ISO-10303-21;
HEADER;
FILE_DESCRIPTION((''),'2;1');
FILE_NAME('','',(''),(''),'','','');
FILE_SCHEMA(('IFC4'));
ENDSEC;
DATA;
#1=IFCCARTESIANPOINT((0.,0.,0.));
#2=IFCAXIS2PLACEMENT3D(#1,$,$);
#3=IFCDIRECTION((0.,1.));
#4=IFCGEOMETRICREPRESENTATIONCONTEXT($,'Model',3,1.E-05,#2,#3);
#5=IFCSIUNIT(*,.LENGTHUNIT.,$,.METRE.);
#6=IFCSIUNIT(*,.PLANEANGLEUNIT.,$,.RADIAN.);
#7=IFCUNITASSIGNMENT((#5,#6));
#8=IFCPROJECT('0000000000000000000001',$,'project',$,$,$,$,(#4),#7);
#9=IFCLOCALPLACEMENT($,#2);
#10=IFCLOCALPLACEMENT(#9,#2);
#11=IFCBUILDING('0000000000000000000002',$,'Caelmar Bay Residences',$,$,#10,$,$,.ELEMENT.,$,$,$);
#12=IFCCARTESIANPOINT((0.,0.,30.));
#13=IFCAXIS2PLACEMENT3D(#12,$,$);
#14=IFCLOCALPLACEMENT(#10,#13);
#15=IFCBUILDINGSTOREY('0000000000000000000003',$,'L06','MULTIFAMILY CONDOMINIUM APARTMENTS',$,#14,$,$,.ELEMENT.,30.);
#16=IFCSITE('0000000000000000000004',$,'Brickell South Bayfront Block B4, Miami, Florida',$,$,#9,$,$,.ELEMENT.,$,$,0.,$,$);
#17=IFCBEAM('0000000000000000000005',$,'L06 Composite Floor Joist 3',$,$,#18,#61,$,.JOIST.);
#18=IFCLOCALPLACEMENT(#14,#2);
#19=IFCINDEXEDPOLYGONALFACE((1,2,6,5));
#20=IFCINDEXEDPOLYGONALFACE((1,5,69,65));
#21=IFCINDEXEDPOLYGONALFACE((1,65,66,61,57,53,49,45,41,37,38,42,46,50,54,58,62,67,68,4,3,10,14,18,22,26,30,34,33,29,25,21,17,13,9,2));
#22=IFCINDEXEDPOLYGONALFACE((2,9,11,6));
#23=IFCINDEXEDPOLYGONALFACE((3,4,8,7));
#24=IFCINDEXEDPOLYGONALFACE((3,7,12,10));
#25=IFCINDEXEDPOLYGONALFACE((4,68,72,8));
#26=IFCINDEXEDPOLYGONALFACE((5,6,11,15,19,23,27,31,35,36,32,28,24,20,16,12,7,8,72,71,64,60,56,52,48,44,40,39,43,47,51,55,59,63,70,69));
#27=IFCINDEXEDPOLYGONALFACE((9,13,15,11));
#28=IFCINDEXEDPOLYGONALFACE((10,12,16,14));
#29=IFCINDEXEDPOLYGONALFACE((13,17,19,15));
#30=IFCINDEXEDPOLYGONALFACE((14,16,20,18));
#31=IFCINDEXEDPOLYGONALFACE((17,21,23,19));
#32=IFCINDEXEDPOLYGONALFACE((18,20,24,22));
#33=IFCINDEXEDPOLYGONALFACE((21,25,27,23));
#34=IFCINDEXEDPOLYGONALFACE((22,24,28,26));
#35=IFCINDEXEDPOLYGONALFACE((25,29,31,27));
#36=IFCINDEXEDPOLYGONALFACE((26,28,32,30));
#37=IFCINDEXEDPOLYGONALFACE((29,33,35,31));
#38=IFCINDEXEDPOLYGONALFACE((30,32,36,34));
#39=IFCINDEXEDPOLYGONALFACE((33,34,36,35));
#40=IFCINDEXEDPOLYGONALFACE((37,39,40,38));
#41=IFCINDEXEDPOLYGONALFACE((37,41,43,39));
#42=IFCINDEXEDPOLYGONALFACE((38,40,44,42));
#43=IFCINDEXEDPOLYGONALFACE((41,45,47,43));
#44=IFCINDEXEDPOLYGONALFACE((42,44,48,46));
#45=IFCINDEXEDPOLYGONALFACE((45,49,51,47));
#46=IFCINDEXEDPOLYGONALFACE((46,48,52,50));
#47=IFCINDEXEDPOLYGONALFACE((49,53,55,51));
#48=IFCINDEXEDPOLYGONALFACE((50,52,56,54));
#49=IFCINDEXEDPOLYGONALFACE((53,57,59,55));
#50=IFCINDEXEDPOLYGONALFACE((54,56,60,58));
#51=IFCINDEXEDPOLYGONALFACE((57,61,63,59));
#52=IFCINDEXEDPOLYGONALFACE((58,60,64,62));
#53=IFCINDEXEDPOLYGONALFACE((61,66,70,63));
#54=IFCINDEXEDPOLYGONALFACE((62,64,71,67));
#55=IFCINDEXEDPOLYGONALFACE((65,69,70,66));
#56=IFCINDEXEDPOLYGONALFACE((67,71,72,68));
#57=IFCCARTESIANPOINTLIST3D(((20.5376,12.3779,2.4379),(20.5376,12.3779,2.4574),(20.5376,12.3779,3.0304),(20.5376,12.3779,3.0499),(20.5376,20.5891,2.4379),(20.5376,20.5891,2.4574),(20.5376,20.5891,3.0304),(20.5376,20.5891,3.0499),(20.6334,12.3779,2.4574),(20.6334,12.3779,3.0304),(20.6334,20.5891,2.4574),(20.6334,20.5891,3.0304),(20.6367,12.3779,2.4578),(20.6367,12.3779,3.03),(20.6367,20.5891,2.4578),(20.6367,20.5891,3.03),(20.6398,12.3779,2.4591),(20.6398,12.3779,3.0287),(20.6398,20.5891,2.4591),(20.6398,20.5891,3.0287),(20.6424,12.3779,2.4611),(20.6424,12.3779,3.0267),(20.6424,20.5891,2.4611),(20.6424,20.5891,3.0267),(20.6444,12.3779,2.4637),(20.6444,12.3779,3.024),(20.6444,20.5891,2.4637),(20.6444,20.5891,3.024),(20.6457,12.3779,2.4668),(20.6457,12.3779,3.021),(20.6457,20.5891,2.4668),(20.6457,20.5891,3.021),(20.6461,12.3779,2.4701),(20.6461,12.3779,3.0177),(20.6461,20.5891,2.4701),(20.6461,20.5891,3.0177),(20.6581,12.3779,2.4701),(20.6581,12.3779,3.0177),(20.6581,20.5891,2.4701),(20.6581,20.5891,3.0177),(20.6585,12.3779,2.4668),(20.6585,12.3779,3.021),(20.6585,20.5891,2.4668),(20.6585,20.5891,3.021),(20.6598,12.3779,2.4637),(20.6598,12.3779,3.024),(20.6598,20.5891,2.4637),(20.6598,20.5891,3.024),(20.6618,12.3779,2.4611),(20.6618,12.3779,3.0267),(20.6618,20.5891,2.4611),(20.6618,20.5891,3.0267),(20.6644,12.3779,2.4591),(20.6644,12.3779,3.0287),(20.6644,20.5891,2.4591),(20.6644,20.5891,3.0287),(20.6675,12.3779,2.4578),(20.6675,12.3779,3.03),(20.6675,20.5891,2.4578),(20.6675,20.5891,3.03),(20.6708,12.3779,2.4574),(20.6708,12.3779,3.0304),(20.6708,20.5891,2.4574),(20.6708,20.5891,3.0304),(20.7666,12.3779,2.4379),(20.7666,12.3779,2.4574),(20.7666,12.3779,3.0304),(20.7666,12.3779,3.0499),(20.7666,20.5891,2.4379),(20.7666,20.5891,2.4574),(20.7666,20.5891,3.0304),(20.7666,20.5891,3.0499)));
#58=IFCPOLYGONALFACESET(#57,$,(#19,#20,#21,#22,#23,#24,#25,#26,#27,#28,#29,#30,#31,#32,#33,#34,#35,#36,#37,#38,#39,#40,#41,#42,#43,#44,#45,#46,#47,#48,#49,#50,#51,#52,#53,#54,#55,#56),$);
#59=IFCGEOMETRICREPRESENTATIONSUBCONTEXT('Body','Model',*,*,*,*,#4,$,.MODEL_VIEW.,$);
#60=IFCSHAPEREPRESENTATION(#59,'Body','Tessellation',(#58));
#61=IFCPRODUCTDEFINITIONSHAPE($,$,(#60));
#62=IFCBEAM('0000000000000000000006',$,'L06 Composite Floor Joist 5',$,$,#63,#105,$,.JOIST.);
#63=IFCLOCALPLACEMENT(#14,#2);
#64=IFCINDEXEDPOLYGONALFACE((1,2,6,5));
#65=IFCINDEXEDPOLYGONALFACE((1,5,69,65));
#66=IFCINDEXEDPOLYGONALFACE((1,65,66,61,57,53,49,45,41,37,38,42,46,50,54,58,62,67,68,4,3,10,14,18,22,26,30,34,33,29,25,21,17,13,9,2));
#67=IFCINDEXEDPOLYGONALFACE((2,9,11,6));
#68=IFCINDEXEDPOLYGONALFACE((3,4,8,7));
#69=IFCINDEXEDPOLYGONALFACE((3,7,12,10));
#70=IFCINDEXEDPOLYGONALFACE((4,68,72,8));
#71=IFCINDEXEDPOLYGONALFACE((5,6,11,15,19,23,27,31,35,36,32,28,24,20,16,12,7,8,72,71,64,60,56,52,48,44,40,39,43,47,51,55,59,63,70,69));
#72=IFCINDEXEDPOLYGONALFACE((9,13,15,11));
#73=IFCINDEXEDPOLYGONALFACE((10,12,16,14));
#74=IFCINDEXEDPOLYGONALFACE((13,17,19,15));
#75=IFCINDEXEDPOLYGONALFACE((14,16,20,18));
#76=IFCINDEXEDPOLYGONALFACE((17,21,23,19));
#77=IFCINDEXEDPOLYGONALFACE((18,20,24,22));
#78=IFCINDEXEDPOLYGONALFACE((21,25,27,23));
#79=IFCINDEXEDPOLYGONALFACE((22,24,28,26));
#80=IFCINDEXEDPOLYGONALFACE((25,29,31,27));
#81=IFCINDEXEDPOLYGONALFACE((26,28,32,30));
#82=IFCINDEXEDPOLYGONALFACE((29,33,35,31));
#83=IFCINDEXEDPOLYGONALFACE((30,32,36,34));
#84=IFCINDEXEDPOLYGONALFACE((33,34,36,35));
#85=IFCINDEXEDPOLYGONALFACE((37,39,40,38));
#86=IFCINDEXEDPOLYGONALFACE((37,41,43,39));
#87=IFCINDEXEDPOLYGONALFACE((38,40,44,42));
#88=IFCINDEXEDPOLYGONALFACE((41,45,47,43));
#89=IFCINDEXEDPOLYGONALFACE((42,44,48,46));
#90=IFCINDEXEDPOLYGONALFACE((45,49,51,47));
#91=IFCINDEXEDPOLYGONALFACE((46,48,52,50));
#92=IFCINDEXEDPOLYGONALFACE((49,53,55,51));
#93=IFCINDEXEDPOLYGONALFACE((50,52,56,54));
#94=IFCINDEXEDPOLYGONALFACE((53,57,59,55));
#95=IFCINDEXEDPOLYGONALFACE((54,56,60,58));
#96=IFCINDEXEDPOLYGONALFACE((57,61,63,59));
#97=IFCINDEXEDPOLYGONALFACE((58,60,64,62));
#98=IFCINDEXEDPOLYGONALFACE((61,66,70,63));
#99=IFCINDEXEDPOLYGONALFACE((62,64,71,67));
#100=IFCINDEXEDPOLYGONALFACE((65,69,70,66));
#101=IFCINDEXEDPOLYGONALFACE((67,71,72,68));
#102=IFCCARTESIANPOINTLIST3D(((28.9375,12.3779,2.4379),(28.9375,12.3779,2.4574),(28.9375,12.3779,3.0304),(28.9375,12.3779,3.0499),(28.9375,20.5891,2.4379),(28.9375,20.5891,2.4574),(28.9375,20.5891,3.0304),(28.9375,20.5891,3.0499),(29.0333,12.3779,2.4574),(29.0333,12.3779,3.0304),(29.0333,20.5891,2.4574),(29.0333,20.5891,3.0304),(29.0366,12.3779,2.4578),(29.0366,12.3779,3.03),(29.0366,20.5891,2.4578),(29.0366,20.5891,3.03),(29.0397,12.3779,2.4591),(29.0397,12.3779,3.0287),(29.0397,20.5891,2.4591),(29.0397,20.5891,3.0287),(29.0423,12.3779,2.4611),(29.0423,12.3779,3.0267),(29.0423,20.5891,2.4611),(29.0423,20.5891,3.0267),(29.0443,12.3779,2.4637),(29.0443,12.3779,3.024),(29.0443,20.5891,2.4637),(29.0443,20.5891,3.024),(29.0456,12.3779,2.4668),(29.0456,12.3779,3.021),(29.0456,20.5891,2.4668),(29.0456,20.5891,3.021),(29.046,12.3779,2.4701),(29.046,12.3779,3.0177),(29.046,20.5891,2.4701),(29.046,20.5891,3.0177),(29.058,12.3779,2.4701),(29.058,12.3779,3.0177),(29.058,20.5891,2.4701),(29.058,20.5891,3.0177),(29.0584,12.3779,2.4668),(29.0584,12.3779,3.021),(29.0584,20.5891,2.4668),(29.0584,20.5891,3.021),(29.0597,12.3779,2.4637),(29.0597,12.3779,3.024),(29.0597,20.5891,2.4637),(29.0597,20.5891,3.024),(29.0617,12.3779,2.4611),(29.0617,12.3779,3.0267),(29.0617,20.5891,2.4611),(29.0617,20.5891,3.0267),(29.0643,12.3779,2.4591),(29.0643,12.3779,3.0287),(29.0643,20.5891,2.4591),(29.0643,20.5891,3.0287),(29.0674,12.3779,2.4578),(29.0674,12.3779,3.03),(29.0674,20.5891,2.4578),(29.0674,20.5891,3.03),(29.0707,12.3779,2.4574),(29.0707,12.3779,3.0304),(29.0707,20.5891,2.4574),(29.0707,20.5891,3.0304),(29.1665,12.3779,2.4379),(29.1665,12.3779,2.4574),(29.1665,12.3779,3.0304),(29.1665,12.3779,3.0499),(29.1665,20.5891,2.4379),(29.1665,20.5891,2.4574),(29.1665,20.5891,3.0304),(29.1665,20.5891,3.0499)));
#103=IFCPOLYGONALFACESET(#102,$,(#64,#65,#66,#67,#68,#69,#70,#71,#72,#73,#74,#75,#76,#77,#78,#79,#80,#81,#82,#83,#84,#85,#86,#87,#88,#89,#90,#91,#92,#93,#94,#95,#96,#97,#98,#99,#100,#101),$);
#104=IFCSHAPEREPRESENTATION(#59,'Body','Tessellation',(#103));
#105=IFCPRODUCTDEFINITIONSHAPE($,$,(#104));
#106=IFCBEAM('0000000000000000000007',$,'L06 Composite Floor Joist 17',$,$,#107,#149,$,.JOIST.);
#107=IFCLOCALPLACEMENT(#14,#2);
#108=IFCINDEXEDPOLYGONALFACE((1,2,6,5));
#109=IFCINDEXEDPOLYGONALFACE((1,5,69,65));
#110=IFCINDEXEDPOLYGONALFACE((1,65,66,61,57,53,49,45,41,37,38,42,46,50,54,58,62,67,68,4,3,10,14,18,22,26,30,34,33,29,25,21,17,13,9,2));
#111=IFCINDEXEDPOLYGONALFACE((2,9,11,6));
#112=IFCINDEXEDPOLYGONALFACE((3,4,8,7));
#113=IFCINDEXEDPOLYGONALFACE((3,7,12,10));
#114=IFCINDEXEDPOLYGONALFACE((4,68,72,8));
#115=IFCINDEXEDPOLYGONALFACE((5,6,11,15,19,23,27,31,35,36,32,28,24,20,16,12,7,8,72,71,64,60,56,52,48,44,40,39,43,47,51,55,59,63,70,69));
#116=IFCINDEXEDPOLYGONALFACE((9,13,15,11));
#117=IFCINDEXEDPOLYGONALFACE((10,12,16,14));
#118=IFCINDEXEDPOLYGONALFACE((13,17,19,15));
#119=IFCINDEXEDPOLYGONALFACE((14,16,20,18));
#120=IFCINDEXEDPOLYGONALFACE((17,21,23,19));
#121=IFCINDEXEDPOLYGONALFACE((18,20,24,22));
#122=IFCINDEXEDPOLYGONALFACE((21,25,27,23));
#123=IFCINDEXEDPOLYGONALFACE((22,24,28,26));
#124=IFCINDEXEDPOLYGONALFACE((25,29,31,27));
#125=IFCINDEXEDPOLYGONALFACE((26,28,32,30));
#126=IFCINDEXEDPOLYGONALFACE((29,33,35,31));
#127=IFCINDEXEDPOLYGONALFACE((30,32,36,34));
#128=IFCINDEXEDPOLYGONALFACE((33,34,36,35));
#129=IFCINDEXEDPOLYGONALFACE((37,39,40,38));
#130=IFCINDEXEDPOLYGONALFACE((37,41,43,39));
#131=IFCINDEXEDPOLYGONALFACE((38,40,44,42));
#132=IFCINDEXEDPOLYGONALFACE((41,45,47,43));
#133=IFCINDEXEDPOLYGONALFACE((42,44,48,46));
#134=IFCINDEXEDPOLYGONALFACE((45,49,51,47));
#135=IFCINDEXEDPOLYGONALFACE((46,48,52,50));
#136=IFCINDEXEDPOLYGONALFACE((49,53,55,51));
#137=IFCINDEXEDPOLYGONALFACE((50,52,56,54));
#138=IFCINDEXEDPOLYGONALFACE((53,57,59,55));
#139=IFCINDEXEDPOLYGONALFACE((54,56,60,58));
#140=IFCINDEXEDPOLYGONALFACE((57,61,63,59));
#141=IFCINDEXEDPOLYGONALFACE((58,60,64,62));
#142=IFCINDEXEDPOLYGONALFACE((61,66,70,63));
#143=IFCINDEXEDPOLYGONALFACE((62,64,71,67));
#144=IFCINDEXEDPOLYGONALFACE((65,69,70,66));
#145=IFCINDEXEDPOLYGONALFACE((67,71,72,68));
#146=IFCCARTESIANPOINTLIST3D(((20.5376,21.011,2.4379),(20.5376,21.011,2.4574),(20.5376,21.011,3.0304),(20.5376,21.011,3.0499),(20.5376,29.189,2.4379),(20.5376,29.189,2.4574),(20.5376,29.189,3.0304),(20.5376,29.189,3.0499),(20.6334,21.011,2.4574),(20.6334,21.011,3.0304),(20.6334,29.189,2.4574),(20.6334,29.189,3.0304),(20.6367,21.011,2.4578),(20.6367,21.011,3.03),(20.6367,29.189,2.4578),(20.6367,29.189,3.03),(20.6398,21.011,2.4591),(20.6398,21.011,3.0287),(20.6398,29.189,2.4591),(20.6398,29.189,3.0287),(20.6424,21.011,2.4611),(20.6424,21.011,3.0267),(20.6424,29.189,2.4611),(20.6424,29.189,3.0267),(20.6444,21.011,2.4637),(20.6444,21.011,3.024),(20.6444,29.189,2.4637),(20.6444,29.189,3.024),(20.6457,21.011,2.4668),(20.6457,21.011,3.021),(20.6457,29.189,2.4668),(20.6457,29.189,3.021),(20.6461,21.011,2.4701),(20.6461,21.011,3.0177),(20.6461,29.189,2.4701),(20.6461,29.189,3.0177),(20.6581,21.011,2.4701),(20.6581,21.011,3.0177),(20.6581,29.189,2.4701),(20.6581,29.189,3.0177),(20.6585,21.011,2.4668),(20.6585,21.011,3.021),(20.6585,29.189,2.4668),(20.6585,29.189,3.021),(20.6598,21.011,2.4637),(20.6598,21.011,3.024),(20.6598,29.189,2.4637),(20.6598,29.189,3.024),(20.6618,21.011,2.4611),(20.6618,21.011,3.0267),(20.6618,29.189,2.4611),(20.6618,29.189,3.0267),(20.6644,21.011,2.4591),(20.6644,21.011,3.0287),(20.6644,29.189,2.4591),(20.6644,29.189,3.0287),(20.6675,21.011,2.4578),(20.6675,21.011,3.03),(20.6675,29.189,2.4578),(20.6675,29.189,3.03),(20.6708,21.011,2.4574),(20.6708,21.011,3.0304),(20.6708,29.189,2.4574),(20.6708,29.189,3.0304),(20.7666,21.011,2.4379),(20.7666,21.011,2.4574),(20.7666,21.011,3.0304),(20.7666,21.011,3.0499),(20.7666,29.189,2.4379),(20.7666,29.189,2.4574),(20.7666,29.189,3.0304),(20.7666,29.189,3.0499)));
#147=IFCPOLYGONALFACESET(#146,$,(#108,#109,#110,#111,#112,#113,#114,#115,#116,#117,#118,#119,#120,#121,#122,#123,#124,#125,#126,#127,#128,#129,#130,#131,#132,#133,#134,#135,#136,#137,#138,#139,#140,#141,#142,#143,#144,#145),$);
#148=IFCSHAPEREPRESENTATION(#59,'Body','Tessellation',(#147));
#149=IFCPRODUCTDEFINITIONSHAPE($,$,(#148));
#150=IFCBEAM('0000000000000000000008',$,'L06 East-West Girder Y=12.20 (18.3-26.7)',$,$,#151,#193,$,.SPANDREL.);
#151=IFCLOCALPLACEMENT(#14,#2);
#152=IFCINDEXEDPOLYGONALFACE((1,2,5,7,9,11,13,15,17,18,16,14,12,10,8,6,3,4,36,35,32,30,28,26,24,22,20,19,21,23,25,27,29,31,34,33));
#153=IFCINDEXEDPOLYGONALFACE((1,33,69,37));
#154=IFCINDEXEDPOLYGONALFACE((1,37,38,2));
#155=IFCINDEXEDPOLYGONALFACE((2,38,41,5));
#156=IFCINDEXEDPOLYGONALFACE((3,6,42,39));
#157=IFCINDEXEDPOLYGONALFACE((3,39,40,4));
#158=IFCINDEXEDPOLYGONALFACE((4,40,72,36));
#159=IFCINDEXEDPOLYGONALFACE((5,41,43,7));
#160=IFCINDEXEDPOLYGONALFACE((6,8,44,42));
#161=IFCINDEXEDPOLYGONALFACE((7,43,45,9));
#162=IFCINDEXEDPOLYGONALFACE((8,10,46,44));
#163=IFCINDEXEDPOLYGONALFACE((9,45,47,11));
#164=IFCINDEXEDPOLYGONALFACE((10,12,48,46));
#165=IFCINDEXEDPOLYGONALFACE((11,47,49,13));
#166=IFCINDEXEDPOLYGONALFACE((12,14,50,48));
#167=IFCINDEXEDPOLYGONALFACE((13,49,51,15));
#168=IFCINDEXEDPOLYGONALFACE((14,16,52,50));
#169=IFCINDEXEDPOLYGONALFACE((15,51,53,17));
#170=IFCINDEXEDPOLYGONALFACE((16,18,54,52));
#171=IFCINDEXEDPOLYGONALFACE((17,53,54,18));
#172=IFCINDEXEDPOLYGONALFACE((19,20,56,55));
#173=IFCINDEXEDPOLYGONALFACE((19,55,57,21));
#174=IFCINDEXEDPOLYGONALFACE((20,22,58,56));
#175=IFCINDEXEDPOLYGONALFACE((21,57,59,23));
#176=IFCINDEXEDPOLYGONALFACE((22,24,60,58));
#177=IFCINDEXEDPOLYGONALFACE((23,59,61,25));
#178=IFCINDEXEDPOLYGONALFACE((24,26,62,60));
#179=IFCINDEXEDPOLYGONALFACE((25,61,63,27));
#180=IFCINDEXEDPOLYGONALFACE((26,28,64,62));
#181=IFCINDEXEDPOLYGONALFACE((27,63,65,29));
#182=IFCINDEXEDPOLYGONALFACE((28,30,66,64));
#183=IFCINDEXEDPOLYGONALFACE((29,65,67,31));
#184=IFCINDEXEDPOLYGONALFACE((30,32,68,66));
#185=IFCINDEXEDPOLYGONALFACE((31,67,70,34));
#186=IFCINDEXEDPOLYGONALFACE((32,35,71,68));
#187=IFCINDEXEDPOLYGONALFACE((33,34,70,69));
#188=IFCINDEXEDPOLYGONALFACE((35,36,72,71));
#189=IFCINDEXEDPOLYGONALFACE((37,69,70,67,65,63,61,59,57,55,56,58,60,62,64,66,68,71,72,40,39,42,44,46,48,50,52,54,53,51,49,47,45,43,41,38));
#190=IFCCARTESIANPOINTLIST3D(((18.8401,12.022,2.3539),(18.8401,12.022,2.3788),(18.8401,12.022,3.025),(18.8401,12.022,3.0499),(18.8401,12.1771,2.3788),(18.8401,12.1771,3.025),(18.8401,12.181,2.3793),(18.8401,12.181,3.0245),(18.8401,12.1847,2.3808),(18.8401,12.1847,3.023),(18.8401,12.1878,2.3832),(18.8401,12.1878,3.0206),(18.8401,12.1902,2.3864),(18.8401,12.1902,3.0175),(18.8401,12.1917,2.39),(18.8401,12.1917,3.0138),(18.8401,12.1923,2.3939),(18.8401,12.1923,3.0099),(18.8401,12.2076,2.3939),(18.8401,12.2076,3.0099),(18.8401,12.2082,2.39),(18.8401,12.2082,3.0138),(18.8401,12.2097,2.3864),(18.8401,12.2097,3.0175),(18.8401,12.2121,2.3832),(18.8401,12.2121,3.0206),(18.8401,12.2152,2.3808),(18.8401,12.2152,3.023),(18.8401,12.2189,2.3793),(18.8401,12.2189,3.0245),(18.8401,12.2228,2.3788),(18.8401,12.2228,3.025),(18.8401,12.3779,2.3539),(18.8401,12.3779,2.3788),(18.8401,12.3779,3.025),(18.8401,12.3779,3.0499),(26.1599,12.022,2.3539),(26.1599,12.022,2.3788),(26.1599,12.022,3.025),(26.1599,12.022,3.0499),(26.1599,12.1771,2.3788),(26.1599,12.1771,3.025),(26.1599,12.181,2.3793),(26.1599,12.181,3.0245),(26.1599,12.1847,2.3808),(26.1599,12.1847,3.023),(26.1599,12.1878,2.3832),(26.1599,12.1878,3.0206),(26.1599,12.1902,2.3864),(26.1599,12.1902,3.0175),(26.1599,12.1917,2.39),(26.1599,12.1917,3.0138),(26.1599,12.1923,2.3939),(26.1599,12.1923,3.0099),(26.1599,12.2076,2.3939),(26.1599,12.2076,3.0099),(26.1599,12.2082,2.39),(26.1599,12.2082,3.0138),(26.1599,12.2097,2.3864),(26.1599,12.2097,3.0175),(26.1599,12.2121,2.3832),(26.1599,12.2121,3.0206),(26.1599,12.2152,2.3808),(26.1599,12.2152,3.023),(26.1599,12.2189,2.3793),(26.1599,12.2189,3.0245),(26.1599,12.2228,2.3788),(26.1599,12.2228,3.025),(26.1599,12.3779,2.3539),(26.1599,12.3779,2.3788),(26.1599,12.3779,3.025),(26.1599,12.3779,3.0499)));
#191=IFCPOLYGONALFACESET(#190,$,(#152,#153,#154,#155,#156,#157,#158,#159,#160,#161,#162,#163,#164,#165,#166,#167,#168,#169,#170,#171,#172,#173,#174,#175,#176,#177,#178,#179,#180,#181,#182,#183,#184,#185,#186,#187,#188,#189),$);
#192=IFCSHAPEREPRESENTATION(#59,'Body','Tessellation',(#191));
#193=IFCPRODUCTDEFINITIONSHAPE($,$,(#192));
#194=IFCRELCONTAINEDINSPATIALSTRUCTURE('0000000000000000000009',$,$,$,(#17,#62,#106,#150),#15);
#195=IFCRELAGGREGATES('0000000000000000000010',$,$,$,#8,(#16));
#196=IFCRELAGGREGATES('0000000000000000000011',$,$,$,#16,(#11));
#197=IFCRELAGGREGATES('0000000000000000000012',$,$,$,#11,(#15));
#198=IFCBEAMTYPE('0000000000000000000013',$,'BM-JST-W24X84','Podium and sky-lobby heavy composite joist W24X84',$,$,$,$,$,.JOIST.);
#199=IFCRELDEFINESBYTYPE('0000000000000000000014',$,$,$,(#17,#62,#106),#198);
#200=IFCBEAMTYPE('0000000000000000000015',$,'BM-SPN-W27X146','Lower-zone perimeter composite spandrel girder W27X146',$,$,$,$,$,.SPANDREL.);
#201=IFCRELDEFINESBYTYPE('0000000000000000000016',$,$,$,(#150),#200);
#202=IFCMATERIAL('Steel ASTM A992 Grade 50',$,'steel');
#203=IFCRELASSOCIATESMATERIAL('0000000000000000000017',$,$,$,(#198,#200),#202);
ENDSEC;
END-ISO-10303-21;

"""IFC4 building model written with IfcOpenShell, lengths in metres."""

from ifc_helpers import new_model, si_unit, direction, frame, origin, origin_2d, place, context, subcontext, project, spatial, i_section, extrude, material, material_profile, profile_set, type_object, element, save


model = new_model("IFC4")

# Units and contexts
model_context = context("Model", 3, precision=1e-05, world=origin(), true_north=direction((0.0, 1.0)))
body_context = subcontext(model_context, "Body", "Model", "MODEL_VIEW")
ifc_project = project(units=[si_unit("LENGTHUNIT", "METRE"), si_unit("PLANEANGLEUNIT", "RADIAN")], contexts=[model_context])

# Site, building, storey
site_placement = place(None, origin())
site = spatial("IfcSite", under=ifc_project, at=site_placement, Name="Brickell South Bayfront Block B4, Miami, Florida", CompositionType="ELEMENT", RefElevation=0.0)
building_placement = place(site_placement, origin())
building = spatial("IfcBuilding", under=site, at=building_placement, Name="Caelmar Bay Residences", CompositionType="ELEMENT")
storey_placement = place(building_placement, frame((0.0, 0.0, 30.0)))
storey = spatial("IfcBuildingStorey", under=building, at=storey_placement, Name="L06", Description="MULTIFAMILY CONDOMINIUM APARTMENTS", CompositionType="ELEMENT", Elevation=30.0)

# Beams
ifc_material_1 = material(Name="Steel ASTM A992 Grade 50", Category="steel")
ifc_material_profile_1 = material_profile(ifc_material_1, i_section(OverallWidth=0.229, OverallDepth=0.6121, WebThickness=0.012, FlangeThickness=0.0195, FilletRadius=0.0127, at=origin_2d()), Name="W24X84")
ifc_profile_set_1 = profile_set([ifc_material_profile_1], Name="Steel ASTM A992 Grade 50")
beam_type_1 = type_object("IfcBeamType", Name="BM-JST-W24X84", Description="Podium and sky-lobby heavy composite joist W24X84", PredefinedType="JOIST", material=ifc_profile_set_1)
for number, where, z_axis, x_axis, name in (
    (1, (20.6521, 12.3779, 2.7439), (0.0, 1.0, 0.0), (-1.0, 0.0, 0.0), "L06 Composite Floor Joist 3"),
    (2, (29.052, 12.3779, 2.7439), (0.0, 1.0, 0.0), (-1.0, 0.0, 0.0), "L06 Composite Floor Joist 5"),
):
    element("IfcBeam", number, at=place(storey_placement, frame(where, z_axis=z_axis, x_axis=x_axis)), inside=storey, type_object=beam_type_1, Name=name, PredefinedType="JOIST", context=body_context, shape_type="SweptSolid", body=[
        extrude(i_section(OverallWidth=0.229, OverallDepth=0.6121, WebThickness=0.012, FlangeThickness=0.0195, FilletRadius=0.0127, at=origin_2d()), origin(), (0.0, 0.0, 1.0), 8.2112),
    ])
beam_1_placement = place(storey_placement, frame((20.6521, 21.011, 2.7439), z_axis=(0.0, 1.0, 0.0), x_axis=(-1.0, 0.0, 0.0)))
element("IfcBeam", 3, at=beam_1_placement, inside=storey, type_object=beam_type_1, Name="L06 Composite Floor Joist 17", PredefinedType="JOIST", context=body_context, shape_type="SweptSolid", body=[
    extrude(i_section(OverallWidth=0.229, OverallDepth=0.6121, WebThickness=0.012, FlangeThickness=0.0195, FilletRadius=0.0127, at=origin_2d()), origin(), (0.0, 0.0, 1.0), 8.178),
])
ifc_material_profile_2 = material_profile(ifc_material_1, i_section(OverallWidth=0.356, OverallDepth=0.696, WebThickness=0.0154, FlangeThickness=0.0249, FilletRadius=0.0151, at=origin_2d()), Name="W27X146")
ifc_profile_set_2 = profile_set([ifc_material_profile_2], Name="Steel ASTM A992 Grade 50")
beam_type_2 = type_object("IfcBeamType", Name="BM-SPN-W27X146", Description="Lower-zone perimeter composite spandrel girder W27X146", PredefinedType="SPANDREL", material=ifc_profile_set_2)
beam_2_placement = place(storey_placement, frame((18.8401, 12.2, 2.7019), z_axis=(1.0, 0.0, 0.0), x_axis=(0.0, 1.0, 0.0)))
element("IfcBeam", 4, at=beam_2_placement, inside=storey, type_object=beam_type_2, Name="L06 East-West Girder Y=12.20 (18.3-26.7)", PredefinedType="SPANDREL", context=body_context, shape_type="SweptSolid", body=[
    extrude(i_section(OverallWidth=0.356, OverallDepth=0.696, WebThickness=0.0154, FlangeThickness=0.0249, FilletRadius=0.0151, at=origin_2d()), origin(), (0.0, 0.0, 1.0), 7.3198),
])

save(model, "model.ifc")
